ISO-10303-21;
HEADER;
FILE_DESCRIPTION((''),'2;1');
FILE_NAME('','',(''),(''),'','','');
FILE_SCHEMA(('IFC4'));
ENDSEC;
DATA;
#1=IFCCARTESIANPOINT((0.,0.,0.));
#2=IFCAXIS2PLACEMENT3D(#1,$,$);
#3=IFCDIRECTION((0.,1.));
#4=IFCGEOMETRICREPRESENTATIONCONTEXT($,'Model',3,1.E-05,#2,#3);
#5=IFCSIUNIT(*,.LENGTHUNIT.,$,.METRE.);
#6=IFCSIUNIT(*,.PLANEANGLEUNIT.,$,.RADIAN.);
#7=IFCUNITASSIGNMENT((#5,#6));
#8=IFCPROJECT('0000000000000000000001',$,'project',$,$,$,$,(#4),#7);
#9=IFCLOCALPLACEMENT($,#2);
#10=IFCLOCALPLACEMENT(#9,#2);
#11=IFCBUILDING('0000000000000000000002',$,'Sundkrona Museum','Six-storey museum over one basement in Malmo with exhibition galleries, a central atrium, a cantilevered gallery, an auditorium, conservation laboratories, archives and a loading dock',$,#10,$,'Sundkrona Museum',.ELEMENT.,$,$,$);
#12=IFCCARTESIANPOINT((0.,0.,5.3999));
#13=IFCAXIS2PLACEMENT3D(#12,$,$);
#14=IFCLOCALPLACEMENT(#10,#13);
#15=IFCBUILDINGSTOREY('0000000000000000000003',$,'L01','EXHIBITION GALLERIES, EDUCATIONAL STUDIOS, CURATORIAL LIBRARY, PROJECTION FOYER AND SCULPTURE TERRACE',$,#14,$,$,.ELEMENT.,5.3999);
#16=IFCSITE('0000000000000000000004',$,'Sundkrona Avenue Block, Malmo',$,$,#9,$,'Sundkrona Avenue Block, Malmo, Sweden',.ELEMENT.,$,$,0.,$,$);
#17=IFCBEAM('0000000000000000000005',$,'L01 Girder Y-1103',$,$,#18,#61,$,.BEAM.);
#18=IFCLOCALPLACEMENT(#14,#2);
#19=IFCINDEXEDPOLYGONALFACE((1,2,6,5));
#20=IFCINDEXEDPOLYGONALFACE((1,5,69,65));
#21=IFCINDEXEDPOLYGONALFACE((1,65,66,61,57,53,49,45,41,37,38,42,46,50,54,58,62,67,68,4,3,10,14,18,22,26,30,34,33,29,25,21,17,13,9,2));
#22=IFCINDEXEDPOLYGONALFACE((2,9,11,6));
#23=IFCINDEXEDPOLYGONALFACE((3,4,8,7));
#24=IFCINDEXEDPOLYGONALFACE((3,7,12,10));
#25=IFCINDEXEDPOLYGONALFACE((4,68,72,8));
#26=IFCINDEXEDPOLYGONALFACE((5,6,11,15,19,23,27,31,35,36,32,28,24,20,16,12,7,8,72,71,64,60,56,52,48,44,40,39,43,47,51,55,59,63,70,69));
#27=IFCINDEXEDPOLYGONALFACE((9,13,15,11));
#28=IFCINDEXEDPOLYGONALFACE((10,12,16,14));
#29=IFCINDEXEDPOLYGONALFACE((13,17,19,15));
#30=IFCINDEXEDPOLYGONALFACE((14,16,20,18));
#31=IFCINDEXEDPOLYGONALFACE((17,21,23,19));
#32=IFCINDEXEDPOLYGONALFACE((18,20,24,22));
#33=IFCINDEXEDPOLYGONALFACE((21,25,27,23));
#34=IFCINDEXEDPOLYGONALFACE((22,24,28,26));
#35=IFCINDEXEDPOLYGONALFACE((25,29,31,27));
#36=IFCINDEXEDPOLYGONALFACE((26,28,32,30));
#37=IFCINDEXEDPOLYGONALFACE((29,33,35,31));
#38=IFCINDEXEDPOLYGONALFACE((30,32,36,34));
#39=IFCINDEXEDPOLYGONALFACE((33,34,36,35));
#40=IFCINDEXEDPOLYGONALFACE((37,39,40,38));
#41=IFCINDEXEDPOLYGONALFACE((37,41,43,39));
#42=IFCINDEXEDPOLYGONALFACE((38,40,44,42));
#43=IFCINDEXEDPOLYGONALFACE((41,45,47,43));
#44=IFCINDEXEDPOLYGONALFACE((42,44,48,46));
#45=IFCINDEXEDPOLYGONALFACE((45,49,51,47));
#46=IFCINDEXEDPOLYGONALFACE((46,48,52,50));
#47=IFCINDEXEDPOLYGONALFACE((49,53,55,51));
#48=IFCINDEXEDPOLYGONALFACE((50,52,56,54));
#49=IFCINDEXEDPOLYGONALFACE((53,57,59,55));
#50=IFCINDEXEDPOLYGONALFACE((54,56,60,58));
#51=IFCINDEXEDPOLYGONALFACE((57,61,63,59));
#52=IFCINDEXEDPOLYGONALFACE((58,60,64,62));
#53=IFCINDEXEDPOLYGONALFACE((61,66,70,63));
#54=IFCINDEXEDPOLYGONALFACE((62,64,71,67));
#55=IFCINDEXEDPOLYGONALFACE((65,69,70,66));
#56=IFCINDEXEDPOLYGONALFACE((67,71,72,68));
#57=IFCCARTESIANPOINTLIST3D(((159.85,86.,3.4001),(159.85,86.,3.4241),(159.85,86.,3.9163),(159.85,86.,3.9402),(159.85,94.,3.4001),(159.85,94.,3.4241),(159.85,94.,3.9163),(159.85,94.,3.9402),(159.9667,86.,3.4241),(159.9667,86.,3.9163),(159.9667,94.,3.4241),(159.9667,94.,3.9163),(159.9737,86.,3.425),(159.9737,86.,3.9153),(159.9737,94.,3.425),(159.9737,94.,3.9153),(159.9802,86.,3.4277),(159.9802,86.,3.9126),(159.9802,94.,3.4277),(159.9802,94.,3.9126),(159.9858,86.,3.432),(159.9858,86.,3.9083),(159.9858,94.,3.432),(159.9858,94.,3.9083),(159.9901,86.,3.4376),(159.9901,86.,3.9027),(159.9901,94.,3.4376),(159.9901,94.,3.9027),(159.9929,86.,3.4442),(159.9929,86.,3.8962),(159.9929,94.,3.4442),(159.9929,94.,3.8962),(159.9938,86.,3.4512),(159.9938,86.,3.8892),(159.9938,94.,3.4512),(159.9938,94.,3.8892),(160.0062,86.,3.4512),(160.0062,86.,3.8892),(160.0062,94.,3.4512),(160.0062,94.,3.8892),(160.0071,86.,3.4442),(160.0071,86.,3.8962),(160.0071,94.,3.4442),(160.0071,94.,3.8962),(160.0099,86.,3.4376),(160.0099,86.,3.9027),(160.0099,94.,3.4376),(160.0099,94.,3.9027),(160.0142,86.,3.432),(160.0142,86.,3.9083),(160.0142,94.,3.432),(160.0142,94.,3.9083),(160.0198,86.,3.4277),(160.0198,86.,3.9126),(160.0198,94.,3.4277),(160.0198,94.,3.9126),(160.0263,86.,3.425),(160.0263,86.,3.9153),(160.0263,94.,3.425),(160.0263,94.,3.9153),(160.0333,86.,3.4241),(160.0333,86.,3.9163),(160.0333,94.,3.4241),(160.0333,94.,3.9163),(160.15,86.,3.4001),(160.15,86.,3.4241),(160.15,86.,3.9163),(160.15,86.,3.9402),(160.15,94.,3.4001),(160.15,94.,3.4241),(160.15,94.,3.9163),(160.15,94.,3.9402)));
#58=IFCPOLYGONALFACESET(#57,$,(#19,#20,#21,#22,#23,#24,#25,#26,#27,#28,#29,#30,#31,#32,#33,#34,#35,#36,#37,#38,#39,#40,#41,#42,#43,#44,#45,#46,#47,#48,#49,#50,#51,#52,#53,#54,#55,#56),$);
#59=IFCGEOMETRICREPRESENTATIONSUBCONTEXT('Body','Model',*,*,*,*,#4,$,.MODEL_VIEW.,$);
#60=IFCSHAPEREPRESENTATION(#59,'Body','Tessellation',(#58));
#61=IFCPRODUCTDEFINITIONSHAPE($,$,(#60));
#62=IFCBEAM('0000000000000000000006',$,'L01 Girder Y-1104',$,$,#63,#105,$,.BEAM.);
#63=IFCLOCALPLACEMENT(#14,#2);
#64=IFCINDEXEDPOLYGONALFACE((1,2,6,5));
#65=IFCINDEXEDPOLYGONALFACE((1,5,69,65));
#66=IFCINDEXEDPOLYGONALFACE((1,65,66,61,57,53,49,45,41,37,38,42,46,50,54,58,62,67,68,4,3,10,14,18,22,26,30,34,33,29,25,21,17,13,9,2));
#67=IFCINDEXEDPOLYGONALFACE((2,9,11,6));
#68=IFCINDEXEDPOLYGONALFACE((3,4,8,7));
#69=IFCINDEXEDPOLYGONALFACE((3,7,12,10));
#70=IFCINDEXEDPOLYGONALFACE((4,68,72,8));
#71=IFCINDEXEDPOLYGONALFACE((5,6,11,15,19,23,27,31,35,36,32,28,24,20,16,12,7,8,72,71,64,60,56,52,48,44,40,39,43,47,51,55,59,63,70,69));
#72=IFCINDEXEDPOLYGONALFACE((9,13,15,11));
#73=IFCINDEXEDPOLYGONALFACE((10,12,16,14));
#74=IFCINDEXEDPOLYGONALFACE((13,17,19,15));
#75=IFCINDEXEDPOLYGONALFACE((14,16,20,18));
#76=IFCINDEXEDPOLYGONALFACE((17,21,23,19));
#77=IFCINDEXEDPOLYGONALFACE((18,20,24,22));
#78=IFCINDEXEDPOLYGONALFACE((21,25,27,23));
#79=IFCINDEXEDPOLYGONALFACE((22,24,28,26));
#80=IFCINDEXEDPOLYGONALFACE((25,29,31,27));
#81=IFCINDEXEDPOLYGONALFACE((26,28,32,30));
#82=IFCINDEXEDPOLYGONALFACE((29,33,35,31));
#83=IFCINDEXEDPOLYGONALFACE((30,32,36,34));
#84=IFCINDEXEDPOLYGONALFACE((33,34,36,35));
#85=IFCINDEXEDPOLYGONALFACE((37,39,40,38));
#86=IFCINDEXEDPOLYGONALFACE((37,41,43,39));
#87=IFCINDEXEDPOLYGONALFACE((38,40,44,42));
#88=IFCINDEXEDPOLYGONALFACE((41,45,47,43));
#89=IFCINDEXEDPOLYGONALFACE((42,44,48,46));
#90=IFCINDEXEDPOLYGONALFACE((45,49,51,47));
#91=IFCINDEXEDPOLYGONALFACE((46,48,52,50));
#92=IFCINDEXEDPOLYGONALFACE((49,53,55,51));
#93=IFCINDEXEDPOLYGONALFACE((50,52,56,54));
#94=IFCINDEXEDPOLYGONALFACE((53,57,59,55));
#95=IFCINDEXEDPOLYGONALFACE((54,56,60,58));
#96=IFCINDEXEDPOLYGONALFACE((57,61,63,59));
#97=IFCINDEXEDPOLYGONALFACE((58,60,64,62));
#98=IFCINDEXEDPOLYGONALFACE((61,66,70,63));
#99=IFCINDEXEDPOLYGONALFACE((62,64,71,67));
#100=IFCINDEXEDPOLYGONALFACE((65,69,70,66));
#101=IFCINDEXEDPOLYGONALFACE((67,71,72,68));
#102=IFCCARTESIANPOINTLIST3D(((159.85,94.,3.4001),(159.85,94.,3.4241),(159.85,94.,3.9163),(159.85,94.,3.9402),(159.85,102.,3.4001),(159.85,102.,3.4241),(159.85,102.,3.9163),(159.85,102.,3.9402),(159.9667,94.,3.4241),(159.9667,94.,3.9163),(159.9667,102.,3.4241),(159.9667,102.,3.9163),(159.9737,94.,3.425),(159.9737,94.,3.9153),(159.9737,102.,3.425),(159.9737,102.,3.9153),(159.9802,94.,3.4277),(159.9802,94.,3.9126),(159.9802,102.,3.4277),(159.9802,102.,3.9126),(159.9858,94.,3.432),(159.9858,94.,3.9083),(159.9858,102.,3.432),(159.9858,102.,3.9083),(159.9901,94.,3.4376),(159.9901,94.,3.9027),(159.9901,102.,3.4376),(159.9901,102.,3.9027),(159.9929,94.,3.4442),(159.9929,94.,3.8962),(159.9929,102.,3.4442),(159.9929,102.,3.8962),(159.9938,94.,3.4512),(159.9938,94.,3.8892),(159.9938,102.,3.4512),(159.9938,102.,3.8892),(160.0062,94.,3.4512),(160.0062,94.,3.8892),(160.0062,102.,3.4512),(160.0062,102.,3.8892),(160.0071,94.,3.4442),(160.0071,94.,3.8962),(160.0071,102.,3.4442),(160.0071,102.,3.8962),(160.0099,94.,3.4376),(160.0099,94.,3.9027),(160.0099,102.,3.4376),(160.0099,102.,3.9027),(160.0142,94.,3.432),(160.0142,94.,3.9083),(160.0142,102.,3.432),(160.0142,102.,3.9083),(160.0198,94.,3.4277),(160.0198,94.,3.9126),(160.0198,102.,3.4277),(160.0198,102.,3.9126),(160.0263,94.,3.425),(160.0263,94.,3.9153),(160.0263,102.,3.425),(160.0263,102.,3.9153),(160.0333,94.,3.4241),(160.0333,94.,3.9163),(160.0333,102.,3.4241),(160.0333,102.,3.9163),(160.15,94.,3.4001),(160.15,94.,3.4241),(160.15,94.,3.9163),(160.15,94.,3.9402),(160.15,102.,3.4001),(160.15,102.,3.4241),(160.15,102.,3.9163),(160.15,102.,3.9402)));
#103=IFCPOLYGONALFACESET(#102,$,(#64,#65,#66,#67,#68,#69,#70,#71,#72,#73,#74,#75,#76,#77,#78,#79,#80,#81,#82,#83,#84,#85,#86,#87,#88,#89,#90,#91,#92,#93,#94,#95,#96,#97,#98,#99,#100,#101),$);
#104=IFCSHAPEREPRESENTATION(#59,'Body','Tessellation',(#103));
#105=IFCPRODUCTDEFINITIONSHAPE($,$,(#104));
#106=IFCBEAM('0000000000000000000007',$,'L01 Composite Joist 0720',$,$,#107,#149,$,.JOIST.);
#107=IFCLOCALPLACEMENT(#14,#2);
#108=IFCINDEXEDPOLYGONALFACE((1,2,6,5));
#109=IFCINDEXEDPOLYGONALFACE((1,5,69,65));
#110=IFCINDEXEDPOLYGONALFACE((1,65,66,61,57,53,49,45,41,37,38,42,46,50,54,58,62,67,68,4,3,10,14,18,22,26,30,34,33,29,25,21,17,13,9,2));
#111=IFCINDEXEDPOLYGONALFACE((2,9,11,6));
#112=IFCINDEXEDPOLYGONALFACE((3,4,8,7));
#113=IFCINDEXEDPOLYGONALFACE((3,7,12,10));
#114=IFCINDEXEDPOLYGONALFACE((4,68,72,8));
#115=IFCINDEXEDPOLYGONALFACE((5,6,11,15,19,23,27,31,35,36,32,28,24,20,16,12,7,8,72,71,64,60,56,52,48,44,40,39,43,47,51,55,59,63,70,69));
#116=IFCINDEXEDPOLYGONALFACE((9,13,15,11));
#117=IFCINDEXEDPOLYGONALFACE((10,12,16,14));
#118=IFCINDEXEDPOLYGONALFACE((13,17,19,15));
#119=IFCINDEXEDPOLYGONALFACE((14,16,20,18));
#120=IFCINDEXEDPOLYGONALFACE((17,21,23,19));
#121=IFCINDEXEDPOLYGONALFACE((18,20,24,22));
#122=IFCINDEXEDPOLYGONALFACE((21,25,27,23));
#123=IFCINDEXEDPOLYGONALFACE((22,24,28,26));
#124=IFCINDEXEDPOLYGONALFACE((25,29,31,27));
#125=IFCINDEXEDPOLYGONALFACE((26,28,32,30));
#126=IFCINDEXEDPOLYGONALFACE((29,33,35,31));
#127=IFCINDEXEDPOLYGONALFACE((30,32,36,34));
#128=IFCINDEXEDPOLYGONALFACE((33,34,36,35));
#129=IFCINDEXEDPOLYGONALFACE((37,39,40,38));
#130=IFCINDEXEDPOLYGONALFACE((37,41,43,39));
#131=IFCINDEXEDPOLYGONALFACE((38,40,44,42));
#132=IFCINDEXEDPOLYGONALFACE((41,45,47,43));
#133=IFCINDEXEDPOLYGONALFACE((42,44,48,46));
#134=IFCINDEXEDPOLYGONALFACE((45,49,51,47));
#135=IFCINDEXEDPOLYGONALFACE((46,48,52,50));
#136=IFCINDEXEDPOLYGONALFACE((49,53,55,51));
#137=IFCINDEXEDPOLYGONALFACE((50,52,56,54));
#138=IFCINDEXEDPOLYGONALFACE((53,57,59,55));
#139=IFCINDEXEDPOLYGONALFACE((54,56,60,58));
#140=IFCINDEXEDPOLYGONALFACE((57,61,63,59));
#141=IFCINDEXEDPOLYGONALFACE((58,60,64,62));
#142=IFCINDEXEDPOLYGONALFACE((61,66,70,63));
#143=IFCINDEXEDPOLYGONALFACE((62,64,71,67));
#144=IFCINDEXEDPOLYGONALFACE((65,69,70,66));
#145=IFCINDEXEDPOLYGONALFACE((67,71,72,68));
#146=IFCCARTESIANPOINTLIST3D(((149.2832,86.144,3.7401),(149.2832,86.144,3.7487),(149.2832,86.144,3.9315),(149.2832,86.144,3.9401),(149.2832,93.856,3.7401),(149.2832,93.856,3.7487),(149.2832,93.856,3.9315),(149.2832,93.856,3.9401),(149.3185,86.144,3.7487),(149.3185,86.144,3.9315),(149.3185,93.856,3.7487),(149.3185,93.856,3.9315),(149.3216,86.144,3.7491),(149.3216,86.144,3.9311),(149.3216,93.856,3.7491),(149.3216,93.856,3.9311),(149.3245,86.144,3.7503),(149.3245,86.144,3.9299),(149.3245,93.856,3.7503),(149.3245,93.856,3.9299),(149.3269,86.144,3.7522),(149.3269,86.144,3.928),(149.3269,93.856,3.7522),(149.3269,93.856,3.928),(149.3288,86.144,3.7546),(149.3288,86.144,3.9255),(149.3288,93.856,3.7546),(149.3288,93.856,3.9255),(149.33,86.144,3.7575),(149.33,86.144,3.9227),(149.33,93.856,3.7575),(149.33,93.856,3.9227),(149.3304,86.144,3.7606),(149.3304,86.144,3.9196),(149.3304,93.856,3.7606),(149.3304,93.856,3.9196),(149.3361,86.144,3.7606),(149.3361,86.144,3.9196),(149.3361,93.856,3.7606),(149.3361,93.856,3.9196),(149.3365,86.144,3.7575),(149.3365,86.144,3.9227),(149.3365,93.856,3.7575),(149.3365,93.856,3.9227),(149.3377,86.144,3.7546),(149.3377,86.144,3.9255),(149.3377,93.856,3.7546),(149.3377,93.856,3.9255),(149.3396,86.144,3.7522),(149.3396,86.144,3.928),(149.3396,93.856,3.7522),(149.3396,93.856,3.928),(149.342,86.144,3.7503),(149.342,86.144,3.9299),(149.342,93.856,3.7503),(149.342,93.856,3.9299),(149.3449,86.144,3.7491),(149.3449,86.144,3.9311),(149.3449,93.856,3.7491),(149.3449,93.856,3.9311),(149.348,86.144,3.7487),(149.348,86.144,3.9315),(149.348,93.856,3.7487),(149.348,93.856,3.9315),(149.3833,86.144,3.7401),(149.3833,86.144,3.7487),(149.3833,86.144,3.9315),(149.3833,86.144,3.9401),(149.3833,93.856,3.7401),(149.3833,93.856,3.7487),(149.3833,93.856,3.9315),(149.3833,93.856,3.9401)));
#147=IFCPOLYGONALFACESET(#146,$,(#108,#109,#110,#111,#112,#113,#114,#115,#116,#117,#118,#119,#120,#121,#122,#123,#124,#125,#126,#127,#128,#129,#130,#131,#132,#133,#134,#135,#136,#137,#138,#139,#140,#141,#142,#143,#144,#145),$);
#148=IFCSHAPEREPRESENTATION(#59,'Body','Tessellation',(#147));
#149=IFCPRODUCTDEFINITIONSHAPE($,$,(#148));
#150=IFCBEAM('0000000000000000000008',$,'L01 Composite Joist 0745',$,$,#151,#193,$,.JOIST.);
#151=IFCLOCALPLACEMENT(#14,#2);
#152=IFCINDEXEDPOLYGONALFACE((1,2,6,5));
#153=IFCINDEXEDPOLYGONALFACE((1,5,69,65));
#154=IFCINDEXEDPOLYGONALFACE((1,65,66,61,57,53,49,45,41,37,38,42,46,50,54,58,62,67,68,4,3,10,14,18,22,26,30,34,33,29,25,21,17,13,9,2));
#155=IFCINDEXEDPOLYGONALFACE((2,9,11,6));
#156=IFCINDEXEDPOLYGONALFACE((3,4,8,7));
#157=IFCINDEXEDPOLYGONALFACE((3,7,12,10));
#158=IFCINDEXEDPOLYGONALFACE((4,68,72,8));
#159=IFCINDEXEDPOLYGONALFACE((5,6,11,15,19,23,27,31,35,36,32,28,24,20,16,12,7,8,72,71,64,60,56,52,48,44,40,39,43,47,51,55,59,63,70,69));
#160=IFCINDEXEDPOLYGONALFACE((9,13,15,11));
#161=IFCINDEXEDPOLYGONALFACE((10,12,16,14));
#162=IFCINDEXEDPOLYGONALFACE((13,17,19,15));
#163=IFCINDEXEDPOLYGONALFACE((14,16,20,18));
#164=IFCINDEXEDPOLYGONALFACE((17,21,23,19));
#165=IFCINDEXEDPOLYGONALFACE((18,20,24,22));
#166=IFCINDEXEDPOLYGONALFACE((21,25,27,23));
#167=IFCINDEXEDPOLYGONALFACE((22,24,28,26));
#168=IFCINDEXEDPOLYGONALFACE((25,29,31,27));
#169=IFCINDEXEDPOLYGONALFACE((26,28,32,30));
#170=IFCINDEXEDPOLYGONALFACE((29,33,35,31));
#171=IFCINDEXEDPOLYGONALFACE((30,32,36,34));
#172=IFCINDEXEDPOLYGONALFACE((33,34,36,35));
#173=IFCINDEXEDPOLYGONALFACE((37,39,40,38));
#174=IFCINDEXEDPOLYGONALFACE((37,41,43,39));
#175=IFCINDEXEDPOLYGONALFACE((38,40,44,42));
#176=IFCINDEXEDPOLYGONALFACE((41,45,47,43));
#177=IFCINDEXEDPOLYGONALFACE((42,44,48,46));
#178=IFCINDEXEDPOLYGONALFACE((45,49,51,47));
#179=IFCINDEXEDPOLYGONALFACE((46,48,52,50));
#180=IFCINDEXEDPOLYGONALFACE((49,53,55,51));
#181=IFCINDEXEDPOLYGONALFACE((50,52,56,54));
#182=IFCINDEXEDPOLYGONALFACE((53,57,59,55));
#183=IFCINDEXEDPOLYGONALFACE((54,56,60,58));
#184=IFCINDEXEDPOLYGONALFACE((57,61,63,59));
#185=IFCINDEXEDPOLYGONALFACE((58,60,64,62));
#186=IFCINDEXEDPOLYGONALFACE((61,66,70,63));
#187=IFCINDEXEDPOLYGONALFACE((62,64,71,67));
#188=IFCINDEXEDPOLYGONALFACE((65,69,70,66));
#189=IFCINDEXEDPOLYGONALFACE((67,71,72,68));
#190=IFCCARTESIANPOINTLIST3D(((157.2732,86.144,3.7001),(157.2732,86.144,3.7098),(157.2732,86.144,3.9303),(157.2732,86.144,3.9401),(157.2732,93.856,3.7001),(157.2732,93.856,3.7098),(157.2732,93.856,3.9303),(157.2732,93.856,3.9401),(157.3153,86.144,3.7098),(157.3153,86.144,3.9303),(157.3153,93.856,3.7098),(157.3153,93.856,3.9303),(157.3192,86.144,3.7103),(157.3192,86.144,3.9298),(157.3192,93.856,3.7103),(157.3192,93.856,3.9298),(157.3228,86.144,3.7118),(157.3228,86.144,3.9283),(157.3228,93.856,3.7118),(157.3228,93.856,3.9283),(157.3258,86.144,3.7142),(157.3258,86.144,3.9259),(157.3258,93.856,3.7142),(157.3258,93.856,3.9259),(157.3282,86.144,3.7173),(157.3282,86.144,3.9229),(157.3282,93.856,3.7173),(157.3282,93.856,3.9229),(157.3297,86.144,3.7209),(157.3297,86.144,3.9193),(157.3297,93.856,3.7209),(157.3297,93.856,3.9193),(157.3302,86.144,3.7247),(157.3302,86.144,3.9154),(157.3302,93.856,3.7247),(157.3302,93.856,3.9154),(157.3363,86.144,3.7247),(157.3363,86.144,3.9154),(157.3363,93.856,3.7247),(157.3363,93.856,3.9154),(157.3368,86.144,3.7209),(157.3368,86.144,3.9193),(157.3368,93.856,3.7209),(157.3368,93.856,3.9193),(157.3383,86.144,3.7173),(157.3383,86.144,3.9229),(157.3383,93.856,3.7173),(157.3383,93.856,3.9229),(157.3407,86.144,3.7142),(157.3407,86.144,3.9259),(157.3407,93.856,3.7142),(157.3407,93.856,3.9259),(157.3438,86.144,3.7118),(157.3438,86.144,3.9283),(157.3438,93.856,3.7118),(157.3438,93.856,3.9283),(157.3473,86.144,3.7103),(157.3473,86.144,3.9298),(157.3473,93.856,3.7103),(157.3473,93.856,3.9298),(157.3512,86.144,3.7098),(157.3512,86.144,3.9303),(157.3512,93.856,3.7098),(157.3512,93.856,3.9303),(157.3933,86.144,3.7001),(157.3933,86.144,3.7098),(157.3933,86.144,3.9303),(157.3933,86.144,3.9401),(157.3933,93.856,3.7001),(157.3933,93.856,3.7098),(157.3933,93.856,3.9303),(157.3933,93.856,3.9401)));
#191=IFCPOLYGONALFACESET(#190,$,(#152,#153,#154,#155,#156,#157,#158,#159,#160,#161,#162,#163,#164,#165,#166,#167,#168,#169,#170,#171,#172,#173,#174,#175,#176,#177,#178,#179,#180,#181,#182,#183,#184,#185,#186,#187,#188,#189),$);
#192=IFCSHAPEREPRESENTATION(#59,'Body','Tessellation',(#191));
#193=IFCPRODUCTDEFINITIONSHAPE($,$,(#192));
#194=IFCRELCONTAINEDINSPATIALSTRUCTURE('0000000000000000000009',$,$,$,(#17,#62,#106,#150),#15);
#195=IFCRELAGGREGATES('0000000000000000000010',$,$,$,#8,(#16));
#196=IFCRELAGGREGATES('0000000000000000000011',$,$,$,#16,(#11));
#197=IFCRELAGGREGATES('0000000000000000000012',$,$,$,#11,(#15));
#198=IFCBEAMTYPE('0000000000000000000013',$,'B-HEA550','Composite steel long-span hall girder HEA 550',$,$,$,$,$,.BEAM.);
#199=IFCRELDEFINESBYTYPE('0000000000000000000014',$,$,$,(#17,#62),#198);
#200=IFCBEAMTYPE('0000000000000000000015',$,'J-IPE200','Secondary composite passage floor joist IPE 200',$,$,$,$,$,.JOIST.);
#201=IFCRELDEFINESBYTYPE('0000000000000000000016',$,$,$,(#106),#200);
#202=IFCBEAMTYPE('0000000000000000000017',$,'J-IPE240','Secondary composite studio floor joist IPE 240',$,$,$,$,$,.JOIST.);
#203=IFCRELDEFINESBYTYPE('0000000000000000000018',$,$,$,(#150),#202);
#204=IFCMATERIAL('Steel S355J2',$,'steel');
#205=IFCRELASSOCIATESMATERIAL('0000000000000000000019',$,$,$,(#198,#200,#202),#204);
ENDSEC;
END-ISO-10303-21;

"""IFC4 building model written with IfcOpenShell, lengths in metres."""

from ifc_helpers import new_model, si_unit, direction, frame, origin, origin_2d, place, context, subcontext, project, spatial, i_section, extrude, material, material_profile, profile_set, type_object, element, save


model = new_model("IFC4")

# Units and contexts
model_context = context("Model", 3, precision=1e-05, world=origin(), true_north=direction((0.0, 1.0)))
body_context = subcontext(model_context, "Body", "Model", "MODEL_VIEW")
ifc_project = project(units=[si_unit("LENGTHUNIT", "METRE"), si_unit("PLANEANGLEUNIT", "RADIAN")], contexts=[model_context])

# Site, building, storey
site_placement = place(None, origin())
site = spatial("IfcSite", under=ifc_project, at=site_placement, Name="Sundkrona Avenue Block, Malmo", LongName="Sundkrona Avenue Block, Malmo, Sweden", CompositionType="ELEMENT", RefElevation=0.0)
building_placement = place(site_placement, origin())
building = spatial("IfcBuilding", under=site, at=building_placement, Name="Sundkrona Museum", Description="Six-storey museum over one basement in Malmo with exhibition galleries, a central atrium, a cantilevered gallery, an auditorium, conservation laboratories, archives and a loading dock", LongName="Sundkrona Museum", CompositionType="ELEMENT")
storey_placement = place(building_placement, frame((0.0, 0.0, 5.3999)))
storey = spatial("IfcBuildingStorey", under=building, at=storey_placement, Name="L01", Description="EXHIBITION GALLERIES, EDUCATIONAL STUDIOS, CURATORIAL LIBRARY, PROJECTION FOYER AND SCULPTURE TERRACE", CompositionType="ELEMENT", Elevation=5.3999)

# Shared definitions
ifc_material_1 = material(Name="Steel S355J2", Category="steel")

# Beams
ifc_material_profile_1 = material_profile(ifc_material_1, i_section(OverallWidth=0.3, OverallDepth=0.54, WebThickness=0.0125, FlangeThickness=0.0239, FilletRadius=0.0271, at=origin_2d()), Name="HEA 550")
ifc_profile_set_1 = profile_set([ifc_material_profile_1], Name="Steel S355J2")
beam_type_1 = type_object("IfcBeamType", Name="B-HEA550", Description="Composite steel long-span hall girder HEA 550", PredefinedType="BEAM", material=ifc_profile_set_1)
for number, where, z_axis, x_axis, name in (
    (1, (160.0, 86.0, 3.6702), (0.0, 1.0, 0.0), (-1.0, 0.0, 0.0), "L01 Girder Y-1103"),
    (2, (160.0, 94.0, 3.6702), (0.0, 1.0, 0.0), (-1.0, 0.0, 0.0), "L01 Girder Y-1104"),
):
    element("IfcBeam", number, at=place(storey_placement, frame(where, z_axis=z_axis, x_axis=x_axis)), inside=storey, type_object=beam_type_1, Name=name, PredefinedType="BEAM", context=body_context, shape_type="SweptSolid", body=[
        extrude(i_section(OverallWidth=0.3, OverallDepth=0.54, WebThickness=0.0125, FlangeThickness=0.0239, FilletRadius=0.0271, at=origin_2d()), origin(), (0.0, 0.0, 1.0), 8.0),
    ])
ifc_material_profile_2 = material_profile(ifc_material_1, i_section(OverallWidth=0.1001, OverallDepth=0.2, WebThickness=0.0056, FlangeThickness=0.0085, FilletRadius=0.012, at=origin_2d()), Name="IPE 200")
ifc_profile_set_2 = profile_set([ifc_material_profile_2], Name="Steel S355J2")
beam_type_2 = type_object("IfcBeamType", Name="J-IPE200", Description="Secondary composite passage floor joist IPE 200", PredefinedType="JOIST", material=ifc_profile_set_2)
beam_1_placement = place(storey_placement, frame((149.3333, 86.144, 3.8401), z_axis=(0.0, 1.0, 0.0), x_axis=(-1.0, 0.0, 0.0)))
element("IfcBeam", 3, at=beam_1_placement, inside=storey, type_object=beam_type_2, Name="L01 Composite Joist 0720", PredefinedType="JOIST", context=body_context, shape_type="SweptSolid", body=[
    extrude(i_section(OverallWidth=0.1001, OverallDepth=0.2, WebThickness=0.0056, FlangeThickness=0.0085, FilletRadius=0.012, at=origin_2d()), origin(), (0.0, 0.0, 1.0), 7.7119),
])
ifc_material_profile_3 = material_profile(ifc_material_1, i_section(OverallWidth=0.1201, OverallDepth=0.24, WebThickness=0.0061, FlangeThickness=0.0098, FilletRadius=0.0149, at=origin_2d()), Name="IPE 240")
ifc_profile_set_3 = profile_set([ifc_material_profile_3], Name="Steel S355J2")
beam_type_3 = type_object("IfcBeamType", Name="J-IPE240", Description="Secondary composite studio floor joist IPE 240", PredefinedType="JOIST", material=ifc_profile_set_3)
beam_2_placement = place(storey_placement, frame((157.3333, 86.144, 3.8201), z_axis=(0.0, 1.0, 0.0), x_axis=(-1.0, 0.0, 0.0)))
element("IfcBeam", 4, at=beam_2_placement, inside=storey, type_object=beam_type_3, Name="L01 Composite Joist 0745", PredefinedType="JOIST", context=body_context, shape_type="SweptSolid", body=[
    extrude(i_section(OverallWidth=0.1201, OverallDepth=0.24, WebThickness=0.0061, FlangeThickness=0.0098, FilletRadius=0.0149, at=origin_2d()), origin(), (0.0, 0.0, 1.0), 7.7119),
])

save(model, "model.ifc")
